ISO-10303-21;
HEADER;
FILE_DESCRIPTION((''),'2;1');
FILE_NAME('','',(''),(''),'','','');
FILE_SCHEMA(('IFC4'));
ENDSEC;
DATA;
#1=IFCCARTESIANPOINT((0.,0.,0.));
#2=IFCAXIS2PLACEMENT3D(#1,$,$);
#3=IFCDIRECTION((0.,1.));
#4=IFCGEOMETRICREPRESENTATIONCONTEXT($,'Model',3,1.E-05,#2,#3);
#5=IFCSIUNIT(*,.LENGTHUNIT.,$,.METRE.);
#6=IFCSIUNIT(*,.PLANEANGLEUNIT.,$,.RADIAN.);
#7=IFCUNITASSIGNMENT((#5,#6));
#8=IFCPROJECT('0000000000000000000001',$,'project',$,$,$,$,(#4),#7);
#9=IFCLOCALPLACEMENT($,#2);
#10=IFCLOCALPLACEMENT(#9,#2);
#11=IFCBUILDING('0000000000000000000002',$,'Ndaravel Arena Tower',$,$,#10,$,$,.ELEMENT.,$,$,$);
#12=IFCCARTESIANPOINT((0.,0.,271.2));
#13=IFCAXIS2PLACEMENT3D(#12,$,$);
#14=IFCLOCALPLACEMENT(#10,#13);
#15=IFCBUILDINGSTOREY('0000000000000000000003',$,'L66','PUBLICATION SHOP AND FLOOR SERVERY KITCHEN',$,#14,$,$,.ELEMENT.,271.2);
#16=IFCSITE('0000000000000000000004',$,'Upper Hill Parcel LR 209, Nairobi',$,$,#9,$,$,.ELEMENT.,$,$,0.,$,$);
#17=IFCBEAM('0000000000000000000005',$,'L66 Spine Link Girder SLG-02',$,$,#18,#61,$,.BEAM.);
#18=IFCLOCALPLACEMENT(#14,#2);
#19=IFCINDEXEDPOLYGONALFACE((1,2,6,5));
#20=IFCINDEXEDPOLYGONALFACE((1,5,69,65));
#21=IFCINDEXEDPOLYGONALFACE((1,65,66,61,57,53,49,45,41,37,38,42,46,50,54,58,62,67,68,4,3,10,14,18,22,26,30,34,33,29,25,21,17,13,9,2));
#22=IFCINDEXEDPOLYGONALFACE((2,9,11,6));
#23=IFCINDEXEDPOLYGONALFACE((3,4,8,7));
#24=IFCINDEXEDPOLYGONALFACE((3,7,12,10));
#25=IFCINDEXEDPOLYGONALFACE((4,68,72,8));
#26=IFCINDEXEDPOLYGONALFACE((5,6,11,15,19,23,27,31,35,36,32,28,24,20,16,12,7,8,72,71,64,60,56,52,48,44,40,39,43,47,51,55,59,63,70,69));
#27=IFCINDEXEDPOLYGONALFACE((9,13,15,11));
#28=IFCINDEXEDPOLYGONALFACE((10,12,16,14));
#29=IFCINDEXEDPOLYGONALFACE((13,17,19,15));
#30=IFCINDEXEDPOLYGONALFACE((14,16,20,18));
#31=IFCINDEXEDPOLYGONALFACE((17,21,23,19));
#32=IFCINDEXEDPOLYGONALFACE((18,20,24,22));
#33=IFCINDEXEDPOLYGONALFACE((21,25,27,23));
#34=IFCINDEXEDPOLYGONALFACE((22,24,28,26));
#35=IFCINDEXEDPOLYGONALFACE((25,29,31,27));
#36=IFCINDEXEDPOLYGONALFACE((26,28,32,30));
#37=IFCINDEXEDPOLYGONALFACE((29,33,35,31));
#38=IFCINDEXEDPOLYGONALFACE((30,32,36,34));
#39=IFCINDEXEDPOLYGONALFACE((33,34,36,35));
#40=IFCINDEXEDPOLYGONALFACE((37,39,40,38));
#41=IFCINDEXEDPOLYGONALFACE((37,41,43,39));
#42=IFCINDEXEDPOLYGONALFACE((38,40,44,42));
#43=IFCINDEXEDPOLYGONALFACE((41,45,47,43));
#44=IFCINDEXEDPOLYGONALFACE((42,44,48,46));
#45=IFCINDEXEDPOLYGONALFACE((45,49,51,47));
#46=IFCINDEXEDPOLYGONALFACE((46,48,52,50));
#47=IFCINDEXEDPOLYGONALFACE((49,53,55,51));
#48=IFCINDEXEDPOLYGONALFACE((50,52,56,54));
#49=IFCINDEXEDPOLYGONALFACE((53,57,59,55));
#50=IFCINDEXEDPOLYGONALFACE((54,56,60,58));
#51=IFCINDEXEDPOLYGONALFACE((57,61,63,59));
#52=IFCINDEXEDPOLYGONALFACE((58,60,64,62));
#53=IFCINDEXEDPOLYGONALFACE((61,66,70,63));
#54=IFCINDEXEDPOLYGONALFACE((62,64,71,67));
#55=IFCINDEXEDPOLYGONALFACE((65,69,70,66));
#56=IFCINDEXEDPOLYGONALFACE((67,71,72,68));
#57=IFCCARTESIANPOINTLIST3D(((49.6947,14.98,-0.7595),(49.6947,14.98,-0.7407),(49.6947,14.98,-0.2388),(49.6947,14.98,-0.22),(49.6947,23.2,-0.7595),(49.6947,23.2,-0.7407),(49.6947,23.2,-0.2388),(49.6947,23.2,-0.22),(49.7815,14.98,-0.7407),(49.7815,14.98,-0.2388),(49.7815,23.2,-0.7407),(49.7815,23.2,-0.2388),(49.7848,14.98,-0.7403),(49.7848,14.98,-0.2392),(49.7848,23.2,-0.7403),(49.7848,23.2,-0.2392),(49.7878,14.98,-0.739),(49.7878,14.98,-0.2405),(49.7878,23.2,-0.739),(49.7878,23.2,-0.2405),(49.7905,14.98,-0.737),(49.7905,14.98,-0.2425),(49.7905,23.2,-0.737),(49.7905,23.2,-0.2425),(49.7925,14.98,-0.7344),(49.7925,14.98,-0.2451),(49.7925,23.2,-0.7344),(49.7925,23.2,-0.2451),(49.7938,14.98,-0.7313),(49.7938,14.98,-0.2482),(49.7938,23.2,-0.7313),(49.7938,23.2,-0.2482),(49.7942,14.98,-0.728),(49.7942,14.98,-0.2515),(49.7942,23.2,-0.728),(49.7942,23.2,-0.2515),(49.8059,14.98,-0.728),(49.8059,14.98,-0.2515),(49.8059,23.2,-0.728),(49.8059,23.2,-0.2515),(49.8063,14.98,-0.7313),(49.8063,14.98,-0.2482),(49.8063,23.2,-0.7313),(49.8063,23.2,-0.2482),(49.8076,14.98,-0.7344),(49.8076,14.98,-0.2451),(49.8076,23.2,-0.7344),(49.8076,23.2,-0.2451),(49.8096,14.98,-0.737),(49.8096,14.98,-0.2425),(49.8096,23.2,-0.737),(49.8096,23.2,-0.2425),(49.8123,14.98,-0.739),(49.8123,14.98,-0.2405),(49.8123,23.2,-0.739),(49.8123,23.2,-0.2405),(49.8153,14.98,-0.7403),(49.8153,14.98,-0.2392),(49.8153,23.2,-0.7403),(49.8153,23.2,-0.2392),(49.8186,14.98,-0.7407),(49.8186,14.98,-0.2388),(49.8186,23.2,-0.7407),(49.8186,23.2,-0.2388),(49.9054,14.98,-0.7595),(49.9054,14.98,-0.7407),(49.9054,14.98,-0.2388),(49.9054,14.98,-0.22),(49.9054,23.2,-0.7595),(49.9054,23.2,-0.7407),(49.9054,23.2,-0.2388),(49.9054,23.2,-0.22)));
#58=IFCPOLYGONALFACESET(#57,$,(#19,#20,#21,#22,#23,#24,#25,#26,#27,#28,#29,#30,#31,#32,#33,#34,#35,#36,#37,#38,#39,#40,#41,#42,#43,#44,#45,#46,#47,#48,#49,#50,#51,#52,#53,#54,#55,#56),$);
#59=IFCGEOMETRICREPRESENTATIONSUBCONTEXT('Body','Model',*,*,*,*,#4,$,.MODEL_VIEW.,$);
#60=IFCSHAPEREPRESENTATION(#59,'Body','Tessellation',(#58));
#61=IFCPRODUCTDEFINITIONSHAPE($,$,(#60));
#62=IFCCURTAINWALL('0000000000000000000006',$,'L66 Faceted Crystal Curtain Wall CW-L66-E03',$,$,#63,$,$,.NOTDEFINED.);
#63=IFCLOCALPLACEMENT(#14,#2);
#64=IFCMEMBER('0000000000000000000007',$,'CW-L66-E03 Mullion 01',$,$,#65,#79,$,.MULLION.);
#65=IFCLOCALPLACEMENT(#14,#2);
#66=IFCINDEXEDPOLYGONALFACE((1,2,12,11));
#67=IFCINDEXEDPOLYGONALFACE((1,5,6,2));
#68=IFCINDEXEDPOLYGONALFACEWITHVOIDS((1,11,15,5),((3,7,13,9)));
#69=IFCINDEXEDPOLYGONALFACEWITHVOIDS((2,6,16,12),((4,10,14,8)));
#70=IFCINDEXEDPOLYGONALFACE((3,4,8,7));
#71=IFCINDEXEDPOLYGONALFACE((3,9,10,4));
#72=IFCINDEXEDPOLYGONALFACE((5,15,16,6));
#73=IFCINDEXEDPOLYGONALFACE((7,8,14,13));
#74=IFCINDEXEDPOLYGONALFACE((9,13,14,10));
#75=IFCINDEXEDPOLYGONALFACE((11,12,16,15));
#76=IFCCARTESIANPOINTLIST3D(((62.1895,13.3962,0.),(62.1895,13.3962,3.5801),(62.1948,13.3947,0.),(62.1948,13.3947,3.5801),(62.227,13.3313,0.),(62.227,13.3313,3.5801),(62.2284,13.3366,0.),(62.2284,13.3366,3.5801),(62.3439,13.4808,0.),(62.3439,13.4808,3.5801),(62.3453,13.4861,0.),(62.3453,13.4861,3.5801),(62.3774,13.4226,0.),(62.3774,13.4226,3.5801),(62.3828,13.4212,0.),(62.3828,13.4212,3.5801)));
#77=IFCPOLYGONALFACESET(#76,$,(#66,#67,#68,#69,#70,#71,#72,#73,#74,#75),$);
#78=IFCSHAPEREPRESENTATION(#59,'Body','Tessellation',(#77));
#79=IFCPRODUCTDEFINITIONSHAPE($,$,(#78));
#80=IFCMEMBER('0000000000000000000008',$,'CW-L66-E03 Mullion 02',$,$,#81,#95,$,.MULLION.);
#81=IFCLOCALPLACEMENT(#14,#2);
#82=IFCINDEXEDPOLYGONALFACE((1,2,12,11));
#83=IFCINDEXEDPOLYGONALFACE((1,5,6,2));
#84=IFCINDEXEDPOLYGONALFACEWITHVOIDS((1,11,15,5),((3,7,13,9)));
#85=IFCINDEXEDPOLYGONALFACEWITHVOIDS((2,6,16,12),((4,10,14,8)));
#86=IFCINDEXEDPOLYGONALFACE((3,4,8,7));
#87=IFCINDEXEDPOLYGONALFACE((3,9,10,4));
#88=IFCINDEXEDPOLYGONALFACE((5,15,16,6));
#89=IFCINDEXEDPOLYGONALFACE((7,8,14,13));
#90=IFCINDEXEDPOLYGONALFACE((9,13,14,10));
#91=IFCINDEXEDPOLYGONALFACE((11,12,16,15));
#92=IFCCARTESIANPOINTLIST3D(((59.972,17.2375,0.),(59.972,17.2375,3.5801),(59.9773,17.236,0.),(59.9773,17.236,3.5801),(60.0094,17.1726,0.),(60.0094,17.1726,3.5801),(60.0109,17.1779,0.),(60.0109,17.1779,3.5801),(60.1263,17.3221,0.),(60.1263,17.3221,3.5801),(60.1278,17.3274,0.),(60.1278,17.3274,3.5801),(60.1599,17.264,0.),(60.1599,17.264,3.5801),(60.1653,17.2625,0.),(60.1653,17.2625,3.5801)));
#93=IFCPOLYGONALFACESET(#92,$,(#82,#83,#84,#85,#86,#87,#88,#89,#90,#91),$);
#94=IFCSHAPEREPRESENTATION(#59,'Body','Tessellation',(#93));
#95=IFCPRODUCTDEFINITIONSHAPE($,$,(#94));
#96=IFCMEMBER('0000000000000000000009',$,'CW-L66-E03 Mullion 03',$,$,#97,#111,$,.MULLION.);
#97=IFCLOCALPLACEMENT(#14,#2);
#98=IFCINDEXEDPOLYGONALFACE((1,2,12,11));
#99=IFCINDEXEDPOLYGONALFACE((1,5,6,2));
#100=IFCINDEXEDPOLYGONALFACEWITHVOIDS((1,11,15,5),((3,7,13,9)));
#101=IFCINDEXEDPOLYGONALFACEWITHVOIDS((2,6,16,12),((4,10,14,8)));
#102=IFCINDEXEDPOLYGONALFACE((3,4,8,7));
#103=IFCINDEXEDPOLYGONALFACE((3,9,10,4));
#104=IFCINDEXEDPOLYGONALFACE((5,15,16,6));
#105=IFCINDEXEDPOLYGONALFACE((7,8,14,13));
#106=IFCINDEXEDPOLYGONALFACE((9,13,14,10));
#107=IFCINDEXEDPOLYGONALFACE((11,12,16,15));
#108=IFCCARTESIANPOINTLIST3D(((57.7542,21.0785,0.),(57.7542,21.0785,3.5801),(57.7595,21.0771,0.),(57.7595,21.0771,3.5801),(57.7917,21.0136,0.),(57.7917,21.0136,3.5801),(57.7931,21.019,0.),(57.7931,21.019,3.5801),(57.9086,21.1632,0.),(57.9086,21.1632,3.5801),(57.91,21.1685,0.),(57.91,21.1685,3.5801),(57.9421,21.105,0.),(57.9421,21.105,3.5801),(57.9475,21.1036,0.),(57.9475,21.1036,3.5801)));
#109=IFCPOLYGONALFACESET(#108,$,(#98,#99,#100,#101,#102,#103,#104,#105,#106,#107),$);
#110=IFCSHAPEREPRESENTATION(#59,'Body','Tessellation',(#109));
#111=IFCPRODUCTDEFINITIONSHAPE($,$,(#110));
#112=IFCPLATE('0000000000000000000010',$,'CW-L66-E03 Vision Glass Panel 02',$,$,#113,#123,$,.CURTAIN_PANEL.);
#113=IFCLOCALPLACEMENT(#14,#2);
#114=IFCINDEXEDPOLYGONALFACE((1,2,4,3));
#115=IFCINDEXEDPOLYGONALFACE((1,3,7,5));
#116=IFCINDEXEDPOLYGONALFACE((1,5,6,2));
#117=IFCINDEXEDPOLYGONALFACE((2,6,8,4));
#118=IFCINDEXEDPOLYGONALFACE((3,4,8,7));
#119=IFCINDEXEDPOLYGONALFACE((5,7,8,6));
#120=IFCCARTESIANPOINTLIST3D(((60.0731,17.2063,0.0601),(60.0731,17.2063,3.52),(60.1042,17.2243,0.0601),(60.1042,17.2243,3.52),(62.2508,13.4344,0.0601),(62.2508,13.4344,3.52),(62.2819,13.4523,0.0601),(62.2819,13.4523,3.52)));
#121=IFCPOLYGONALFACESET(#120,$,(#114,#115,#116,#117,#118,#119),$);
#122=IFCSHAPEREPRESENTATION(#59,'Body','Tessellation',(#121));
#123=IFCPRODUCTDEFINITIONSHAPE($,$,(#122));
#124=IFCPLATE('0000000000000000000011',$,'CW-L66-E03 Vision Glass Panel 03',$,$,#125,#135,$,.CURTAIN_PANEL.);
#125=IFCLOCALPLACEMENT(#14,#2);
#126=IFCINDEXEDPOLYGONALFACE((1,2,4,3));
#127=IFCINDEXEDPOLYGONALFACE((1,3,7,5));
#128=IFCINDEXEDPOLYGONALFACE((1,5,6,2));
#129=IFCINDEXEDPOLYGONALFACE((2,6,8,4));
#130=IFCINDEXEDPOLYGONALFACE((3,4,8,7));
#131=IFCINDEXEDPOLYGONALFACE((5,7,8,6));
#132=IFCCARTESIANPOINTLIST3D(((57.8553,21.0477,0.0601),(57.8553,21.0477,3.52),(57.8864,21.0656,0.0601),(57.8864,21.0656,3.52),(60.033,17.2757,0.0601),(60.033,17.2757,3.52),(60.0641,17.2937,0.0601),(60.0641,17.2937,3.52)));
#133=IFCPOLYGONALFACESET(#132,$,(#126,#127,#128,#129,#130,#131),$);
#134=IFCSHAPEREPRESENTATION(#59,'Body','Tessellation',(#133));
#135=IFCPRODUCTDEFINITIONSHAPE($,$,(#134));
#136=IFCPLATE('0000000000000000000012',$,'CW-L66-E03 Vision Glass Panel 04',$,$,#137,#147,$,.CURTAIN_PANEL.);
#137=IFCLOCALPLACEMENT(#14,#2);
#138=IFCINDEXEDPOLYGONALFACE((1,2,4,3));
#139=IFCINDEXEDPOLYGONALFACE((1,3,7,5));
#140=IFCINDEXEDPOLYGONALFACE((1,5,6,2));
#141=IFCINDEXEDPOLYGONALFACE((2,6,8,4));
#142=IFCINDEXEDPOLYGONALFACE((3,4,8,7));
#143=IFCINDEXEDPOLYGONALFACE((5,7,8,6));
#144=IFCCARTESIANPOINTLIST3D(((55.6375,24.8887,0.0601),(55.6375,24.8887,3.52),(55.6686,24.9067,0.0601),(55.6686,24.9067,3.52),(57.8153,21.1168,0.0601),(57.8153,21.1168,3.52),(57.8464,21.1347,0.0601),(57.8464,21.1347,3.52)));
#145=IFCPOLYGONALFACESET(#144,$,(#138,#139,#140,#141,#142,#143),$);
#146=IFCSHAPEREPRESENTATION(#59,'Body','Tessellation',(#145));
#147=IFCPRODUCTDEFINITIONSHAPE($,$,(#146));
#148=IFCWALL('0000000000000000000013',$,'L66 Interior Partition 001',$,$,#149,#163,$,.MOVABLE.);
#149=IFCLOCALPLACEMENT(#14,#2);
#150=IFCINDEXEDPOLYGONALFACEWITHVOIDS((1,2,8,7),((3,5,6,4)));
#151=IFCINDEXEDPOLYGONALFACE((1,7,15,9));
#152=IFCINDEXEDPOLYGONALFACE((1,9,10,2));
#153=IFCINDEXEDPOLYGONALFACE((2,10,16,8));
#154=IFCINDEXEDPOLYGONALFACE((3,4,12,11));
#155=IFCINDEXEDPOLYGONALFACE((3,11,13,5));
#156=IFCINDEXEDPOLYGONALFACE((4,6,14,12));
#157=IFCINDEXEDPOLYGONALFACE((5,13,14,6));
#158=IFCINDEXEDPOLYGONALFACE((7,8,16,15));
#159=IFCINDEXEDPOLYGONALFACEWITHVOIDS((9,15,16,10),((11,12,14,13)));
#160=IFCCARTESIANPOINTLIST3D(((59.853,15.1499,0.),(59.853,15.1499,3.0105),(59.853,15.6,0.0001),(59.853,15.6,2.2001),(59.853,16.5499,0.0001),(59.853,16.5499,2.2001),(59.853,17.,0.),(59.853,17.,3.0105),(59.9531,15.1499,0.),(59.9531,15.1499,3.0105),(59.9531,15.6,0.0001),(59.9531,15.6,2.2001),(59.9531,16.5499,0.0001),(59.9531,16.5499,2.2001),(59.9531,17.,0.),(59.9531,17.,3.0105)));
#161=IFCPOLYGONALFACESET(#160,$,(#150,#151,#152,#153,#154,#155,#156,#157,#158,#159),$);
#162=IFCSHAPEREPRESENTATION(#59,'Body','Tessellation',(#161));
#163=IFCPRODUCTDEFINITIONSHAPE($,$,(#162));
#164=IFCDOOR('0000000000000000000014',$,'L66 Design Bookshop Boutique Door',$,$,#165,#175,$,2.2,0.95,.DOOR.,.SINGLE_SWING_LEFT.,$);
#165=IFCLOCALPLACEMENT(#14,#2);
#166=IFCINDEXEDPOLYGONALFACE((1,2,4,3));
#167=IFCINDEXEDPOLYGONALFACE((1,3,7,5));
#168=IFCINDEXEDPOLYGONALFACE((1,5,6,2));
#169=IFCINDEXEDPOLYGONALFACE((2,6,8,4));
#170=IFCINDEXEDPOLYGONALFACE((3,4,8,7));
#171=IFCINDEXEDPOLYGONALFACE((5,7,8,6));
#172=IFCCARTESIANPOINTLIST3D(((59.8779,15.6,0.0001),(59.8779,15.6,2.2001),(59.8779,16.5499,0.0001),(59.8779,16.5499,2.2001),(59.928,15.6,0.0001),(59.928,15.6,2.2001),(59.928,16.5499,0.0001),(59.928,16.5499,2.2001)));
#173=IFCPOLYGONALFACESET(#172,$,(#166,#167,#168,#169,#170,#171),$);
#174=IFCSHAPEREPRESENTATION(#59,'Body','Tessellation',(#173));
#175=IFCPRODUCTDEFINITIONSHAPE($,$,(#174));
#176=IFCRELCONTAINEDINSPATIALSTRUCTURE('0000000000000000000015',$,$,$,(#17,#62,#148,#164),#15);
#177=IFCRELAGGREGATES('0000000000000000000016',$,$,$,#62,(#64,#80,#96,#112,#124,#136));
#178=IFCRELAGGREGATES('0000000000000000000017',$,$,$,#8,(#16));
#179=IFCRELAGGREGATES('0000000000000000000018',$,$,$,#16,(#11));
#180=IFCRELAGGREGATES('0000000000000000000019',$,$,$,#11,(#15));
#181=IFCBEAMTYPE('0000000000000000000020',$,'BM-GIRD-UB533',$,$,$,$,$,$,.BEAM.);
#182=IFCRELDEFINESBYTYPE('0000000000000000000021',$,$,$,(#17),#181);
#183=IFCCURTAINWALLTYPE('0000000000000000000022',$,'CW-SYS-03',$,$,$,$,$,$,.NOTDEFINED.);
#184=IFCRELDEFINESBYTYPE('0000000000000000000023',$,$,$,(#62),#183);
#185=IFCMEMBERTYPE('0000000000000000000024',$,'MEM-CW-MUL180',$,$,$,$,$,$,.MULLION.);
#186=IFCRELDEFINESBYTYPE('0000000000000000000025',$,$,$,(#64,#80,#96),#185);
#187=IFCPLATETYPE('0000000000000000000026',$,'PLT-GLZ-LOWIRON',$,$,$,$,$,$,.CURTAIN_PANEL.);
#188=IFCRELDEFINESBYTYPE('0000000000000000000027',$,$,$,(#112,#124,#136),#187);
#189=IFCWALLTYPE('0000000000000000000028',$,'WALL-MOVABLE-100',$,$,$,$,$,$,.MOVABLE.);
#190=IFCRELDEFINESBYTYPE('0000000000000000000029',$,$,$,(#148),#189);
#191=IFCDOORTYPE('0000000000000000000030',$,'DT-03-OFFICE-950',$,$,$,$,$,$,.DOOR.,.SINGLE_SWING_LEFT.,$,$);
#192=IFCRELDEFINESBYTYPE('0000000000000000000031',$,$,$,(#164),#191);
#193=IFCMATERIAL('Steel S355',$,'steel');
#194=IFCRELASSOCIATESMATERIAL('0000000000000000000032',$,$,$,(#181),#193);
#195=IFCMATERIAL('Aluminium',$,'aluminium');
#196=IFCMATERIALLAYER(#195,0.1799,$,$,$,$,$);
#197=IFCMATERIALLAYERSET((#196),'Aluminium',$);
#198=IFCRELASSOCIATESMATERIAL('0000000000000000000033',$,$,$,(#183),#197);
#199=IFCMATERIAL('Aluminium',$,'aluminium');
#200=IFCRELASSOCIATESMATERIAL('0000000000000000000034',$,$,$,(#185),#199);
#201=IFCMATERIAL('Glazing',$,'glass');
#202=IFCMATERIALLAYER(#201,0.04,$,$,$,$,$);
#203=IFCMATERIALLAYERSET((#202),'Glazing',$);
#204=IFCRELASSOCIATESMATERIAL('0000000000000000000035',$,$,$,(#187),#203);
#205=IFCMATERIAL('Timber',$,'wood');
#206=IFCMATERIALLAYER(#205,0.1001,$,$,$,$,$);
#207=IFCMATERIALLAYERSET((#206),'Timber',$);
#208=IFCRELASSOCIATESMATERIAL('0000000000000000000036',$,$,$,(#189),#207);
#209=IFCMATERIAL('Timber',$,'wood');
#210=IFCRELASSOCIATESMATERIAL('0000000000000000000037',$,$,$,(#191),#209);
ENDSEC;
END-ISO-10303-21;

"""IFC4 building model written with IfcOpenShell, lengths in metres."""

from ifc_helpers import new_model, si_unit, direction, frame, frame_2d, origin, origin_2d, place, context, subcontext, project, spatial, rectangle, hollow_rectangle, i_section, extrude, material, layer, layer_set, material_profile, profile_set, type_object, element, fill, aggregate, save


model = new_model("IFC4")

# Units and contexts
model_context = context("Model", 3, precision=1e-05, world=origin(), true_north=direction((0.0, 1.0)))
body_context = subcontext(model_context, "Body", "Model", "MODEL_VIEW")
ifc_project = project(units=[si_unit("LENGTHUNIT", "METRE"), si_unit("PLANEANGLEUNIT", "RADIAN")], contexts=[model_context])

# Site, building, storey
site_placement = place(None, origin())
site = spatial("IfcSite", under=ifc_project, at=site_placement, Name="Upper Hill Parcel LR 209, Nairobi", CompositionType="ELEMENT", RefElevation=0.0)
building_placement = place(site_placement, origin())
building = spatial("IfcBuilding", under=site, at=building_placement, Name="Ndaravel Arena Tower", CompositionType="ELEMENT")
storey_placement = place(building_placement, frame((0.0, 0.0, 271.2)))
storey = spatial("IfcBuildingStorey", under=building, at=storey_placement, Name="L66", Description="PUBLICATION SHOP AND FLOOR SERVERY KITCHEN", CompositionType="ELEMENT", Elevation=271.2)

# Beam
ifc_material_1 = material(Name="Steel S355", Category="steel")
ifc_material_profile_1 = material_profile(ifc_material_1, i_section(OverallWidth=0.2107, OverallDepth=0.5396, WebThickness=0.0117, FlangeThickness=0.0188, FilletRadius=0.0127, at=origin_2d()), Name="UB 533x210x109")
ifc_profile_set_1 = profile_set([ifc_material_profile_1], Name="Steel S355")
beam_type = type_object("IfcBeamType", Name="BM-GIRD-UB533", PredefinedType="BEAM", material=ifc_profile_set_1)
beam_placement = place(storey_placement, frame((49.8, 14.98, -0.4897), z_axis=(0.0, 1.0, 0.0), x_axis=(-1.0, 0.0, 0.0)))
element("IfcBeam", 1, at=beam_placement, inside=storey, type_object=beam_type, Name="L66 Spine Link Girder SLG-02", PredefinedType="BEAM", context=body_context, shape_type="SweptSolid", body=[
    extrude(i_section(OverallWidth=0.2107, OverallDepth=0.5396, WebThickness=0.0117, FlangeThickness=0.0188, FilletRadius=0.0127, at=origin_2d()), origin(), (0.0, 0.0, 1.0), 8.22),
])

# Curtain wall, members, plates
ifc_material_2 = material(Name="Aluminium", Category="aluminium")
ifc_layer_1 = layer(ifc_material_2, 0.1799)
ifc_layer_set_1 = layer_set([ifc_layer_1], Name="Aluminium")
curtain_wall_type = type_object("IfcCurtainWallType", Name="CW-SYS-03", PredefinedType="NOTDEFINED", material=ifc_layer_set_1)
curtain_wall_placement = place(storey_placement, origin())
curtain_wall = element("IfcCurtainWall", 2, at=curtain_wall_placement, inside=storey, type_object=curtain_wall_type, Name="L66 Faceted Crystal Curtain Wall CW-L66-E03", PredefinedType="NOTDEFINED")
ifc_material_3 = material(Name="Aluminium", Category="aluminium")
ifc_material_profile_2 = material_profile(ifc_material_3, hollow_rectangle(XDim=0.075, YDim=0.1799, WallThickness=0.0039, at=origin_2d()), Name="CW MULLION 75x180x4")
ifc_profile_set_2 = profile_set([ifc_material_profile_2], Name="Aluminium")
member_type = type_object("IfcMemberType", Name="MEM-CW-MUL180", PredefinedType="MULLION", material=ifc_profile_set_2)
member_1_placement = place(storey_placement, frame((62.2861, 13.4087, 0.0), z_axis=(0.0, 0.0, 1.0), x_axis=(-0.5, 0.866025, 0.0)))
member_1 = element("IfcMember", 3, at=member_1_placement, type_object=member_type, Name="CW-L66-E03 Mullion 01", PredefinedType="MULLION", context=body_context, shape_type="SweptSolid", body=[
    extrude(hollow_rectangle(XDim=0.075, YDim=0.1799, WallThickness=0.0039, at=origin_2d()), origin(), (0.0, 0.0, 1.0), 3.5801),
])
member_2_placement = place(storey_placement, frame((60.0686, 17.25, 0.0), z_axis=(0.0, 0.0, 1.0), x_axis=(-0.5, 0.866025, 0.0)))
member_2 = element("IfcMember", 4, at=member_2_placement, type_object=member_type, Name="CW-L66-E03 Mullion 02", PredefinedType="MULLION", context=body_context, shape_type="SweptSolid", body=[
    extrude(hollow_rectangle(XDim=0.075, YDim=0.1799, WallThickness=0.0039, at=origin_2d()), origin(), (0.0, 0.0, 1.0), 3.5801),
])
member_3_placement = place(storey_placement, frame((57.8508, 21.0911, 0.0), z_axis=(0.0, 0.0, 1.0), x_axis=(-0.5, 0.866025, 0.0)))
member_3 = element("IfcMember", 5, at=member_3_placement, type_object=member_type, Name="CW-L66-E03 Mullion 03", PredefinedType="MULLION", context=body_context, shape_type="SweptSolid", body=[
    extrude(hollow_rectangle(XDim=0.075, YDim=0.1799, WallThickness=0.0039, at=origin_2d()), origin(), (0.0, 0.0, 1.0), 3.5801),
])
ifc_material_4 = material(Name="Glazing", Category="glass")
ifc_layer_2 = layer(ifc_material_4, 0.04)
ifc_layer_set_2 = layer_set([ifc_layer_2], Name="Glazing")
plate_type = type_object("IfcPlateType", Name="PLT-GLZ-LOWIRON", PredefinedType="CURTAIN_PANEL", material=ifc_layer_set_2)
plate_1_placement = place(storey_placement, frame((61.1775, 15.3293, 0.0601), z_axis=(0.0, 0.0, 1.0), x_axis=(-0.5, 0.866025, 0.0)))
plate_1 = element("IfcPlate", 6, at=plate_1_placement, type_object=plate_type, Name="CW-L66-E03 Vision Glass Panel 02", PredefinedType="CURTAIN_PANEL", context=body_context, shape_type="SweptSolid", body=[
    extrude(rectangle(XDim=4.3555, YDim=0.0359, at=origin_2d()), origin(), (0.0, 0.0, 1.0), 3.46),
])
plate_2_placement = place(storey_placement, frame((58.9597, 19.1707, 0.0601), z_axis=(0.0, 0.0, 1.0), x_axis=(-0.5, 0.866025, 0.0)))
plate_2 = element("IfcPlate", 7, at=plate_2_placement, type_object=plate_type, Name="CW-L66-E03 Vision Glass Panel 03", PredefinedType="CURTAIN_PANEL", context=body_context, shape_type="SweptSolid", body=[
    extrude(rectangle(XDim=4.3555, YDim=0.0359, at=origin_2d()), origin(), (0.0, 0.0, 1.0), 3.46),
])
plate_3_placement = place(storey_placement, frame((56.7419, 23.0117, 0.0601), z_axis=(0.0, 0.0, 1.0), x_axis=(-0.5, 0.866025, 0.0)))
plate_3 = element("IfcPlate", 8, at=plate_3_placement, type_object=plate_type, Name="CW-L66-E03 Vision Glass Panel 04", PredefinedType="CURTAIN_PANEL", context=body_context, shape_type="SweptSolid", body=[
    extrude(rectangle(XDim=4.3555, YDim=0.0359, at=origin_2d()), origin(), (0.0, 0.0, 1.0), 3.46),
])
aggregate(curtain_wall, [member_1, member_2, member_3, plate_1, plate_2, plate_3])

# Wall, opening, door
ifc_material_5 = material(Name="Timber", Category="wood")
ifc_layer_3 = layer(ifc_material_5, 0.1001)
ifc_layer_set_3 = layer_set([ifc_layer_3], Name="Timber")
wall_type_1 = type_object("IfcWallType", Name="WALL-MOVABLE-100", PredefinedType="MOVABLE", material=ifc_layer_set_3)
wall_1_placement = place(storey_placement, frame((59.9031, 17.0, 0.0), z_axis=(0.0, 0.0, 1.0), x_axis=(0.0, -1.0, 0.0)))
wall_1 = element("IfcWall", 9, at=wall_1_placement, inside=storey, type_object=wall_type_1, Name="L66 Interior Partition 001", PredefinedType="MOVABLE", context=body_context, shape_type="SweptSolid", body=[
    extrude(rectangle(XDim=1.8501, YDim=0.1001, at=frame_2d((0.925, 0.0))), origin(), (0.0, 0.0, 1.0), 3.0105),
])
opening_1_placement = place(wall_1_placement, frame((0.45, 0.0, 0.0)))
opening_1 = element("IfcOpeningElement", 10, at=opening_1_placement, cuts=wall_1, PredefinedType="OPENING", context=body_context, shape_type="SweptSolid", body=[
    extrude(rectangle(XDim=0.95, YDim=2.2, at=frame_2d((0.4751, 1.1001))), frame((0.0, 0.05, 0.0), z_axis=(0.0, -1.0, 0.0), x_axis=(1.0, 0.0, 0.0)), (0.0, 0.0, 1.0), 0.1001),
])
ifc_material_6 = material(Name="Timber", Category="wood")
door_type_1 = type_object("IfcDoorType", Name="DT-03-OFFICE-950", OperationType="SINGLE_SWING_LEFT", PredefinedType="DOOR", material=ifc_material_6)
door_1_placement = place(opening_1_placement, origin())
door_1 = element("IfcDoor", 11, at=door_1_placement, inside=storey, type_object=door_type_1, Name="L66 Design Bookshop Boutique Door", OperationType="SINGLE_SWING_LEFT", OverallHeight=2.2, OverallWidth=0.95, PredefinedType="DOOR", context=body_context, shape_type="SweptSolid", body=[
    extrude(rectangle(XDim=0.95, YDim=2.2, at=frame_2d((0.4751, 1.1001))), frame((0.0, 0.0249, 0.0), z_axis=(0.0, -1.0, 0.0), x_axis=(1.0, 0.0, 0.0)), (0.0, 0.0, 1.0), 0.05),
])
fill(opening_1, door_1)

save(model, "model.ifc")
